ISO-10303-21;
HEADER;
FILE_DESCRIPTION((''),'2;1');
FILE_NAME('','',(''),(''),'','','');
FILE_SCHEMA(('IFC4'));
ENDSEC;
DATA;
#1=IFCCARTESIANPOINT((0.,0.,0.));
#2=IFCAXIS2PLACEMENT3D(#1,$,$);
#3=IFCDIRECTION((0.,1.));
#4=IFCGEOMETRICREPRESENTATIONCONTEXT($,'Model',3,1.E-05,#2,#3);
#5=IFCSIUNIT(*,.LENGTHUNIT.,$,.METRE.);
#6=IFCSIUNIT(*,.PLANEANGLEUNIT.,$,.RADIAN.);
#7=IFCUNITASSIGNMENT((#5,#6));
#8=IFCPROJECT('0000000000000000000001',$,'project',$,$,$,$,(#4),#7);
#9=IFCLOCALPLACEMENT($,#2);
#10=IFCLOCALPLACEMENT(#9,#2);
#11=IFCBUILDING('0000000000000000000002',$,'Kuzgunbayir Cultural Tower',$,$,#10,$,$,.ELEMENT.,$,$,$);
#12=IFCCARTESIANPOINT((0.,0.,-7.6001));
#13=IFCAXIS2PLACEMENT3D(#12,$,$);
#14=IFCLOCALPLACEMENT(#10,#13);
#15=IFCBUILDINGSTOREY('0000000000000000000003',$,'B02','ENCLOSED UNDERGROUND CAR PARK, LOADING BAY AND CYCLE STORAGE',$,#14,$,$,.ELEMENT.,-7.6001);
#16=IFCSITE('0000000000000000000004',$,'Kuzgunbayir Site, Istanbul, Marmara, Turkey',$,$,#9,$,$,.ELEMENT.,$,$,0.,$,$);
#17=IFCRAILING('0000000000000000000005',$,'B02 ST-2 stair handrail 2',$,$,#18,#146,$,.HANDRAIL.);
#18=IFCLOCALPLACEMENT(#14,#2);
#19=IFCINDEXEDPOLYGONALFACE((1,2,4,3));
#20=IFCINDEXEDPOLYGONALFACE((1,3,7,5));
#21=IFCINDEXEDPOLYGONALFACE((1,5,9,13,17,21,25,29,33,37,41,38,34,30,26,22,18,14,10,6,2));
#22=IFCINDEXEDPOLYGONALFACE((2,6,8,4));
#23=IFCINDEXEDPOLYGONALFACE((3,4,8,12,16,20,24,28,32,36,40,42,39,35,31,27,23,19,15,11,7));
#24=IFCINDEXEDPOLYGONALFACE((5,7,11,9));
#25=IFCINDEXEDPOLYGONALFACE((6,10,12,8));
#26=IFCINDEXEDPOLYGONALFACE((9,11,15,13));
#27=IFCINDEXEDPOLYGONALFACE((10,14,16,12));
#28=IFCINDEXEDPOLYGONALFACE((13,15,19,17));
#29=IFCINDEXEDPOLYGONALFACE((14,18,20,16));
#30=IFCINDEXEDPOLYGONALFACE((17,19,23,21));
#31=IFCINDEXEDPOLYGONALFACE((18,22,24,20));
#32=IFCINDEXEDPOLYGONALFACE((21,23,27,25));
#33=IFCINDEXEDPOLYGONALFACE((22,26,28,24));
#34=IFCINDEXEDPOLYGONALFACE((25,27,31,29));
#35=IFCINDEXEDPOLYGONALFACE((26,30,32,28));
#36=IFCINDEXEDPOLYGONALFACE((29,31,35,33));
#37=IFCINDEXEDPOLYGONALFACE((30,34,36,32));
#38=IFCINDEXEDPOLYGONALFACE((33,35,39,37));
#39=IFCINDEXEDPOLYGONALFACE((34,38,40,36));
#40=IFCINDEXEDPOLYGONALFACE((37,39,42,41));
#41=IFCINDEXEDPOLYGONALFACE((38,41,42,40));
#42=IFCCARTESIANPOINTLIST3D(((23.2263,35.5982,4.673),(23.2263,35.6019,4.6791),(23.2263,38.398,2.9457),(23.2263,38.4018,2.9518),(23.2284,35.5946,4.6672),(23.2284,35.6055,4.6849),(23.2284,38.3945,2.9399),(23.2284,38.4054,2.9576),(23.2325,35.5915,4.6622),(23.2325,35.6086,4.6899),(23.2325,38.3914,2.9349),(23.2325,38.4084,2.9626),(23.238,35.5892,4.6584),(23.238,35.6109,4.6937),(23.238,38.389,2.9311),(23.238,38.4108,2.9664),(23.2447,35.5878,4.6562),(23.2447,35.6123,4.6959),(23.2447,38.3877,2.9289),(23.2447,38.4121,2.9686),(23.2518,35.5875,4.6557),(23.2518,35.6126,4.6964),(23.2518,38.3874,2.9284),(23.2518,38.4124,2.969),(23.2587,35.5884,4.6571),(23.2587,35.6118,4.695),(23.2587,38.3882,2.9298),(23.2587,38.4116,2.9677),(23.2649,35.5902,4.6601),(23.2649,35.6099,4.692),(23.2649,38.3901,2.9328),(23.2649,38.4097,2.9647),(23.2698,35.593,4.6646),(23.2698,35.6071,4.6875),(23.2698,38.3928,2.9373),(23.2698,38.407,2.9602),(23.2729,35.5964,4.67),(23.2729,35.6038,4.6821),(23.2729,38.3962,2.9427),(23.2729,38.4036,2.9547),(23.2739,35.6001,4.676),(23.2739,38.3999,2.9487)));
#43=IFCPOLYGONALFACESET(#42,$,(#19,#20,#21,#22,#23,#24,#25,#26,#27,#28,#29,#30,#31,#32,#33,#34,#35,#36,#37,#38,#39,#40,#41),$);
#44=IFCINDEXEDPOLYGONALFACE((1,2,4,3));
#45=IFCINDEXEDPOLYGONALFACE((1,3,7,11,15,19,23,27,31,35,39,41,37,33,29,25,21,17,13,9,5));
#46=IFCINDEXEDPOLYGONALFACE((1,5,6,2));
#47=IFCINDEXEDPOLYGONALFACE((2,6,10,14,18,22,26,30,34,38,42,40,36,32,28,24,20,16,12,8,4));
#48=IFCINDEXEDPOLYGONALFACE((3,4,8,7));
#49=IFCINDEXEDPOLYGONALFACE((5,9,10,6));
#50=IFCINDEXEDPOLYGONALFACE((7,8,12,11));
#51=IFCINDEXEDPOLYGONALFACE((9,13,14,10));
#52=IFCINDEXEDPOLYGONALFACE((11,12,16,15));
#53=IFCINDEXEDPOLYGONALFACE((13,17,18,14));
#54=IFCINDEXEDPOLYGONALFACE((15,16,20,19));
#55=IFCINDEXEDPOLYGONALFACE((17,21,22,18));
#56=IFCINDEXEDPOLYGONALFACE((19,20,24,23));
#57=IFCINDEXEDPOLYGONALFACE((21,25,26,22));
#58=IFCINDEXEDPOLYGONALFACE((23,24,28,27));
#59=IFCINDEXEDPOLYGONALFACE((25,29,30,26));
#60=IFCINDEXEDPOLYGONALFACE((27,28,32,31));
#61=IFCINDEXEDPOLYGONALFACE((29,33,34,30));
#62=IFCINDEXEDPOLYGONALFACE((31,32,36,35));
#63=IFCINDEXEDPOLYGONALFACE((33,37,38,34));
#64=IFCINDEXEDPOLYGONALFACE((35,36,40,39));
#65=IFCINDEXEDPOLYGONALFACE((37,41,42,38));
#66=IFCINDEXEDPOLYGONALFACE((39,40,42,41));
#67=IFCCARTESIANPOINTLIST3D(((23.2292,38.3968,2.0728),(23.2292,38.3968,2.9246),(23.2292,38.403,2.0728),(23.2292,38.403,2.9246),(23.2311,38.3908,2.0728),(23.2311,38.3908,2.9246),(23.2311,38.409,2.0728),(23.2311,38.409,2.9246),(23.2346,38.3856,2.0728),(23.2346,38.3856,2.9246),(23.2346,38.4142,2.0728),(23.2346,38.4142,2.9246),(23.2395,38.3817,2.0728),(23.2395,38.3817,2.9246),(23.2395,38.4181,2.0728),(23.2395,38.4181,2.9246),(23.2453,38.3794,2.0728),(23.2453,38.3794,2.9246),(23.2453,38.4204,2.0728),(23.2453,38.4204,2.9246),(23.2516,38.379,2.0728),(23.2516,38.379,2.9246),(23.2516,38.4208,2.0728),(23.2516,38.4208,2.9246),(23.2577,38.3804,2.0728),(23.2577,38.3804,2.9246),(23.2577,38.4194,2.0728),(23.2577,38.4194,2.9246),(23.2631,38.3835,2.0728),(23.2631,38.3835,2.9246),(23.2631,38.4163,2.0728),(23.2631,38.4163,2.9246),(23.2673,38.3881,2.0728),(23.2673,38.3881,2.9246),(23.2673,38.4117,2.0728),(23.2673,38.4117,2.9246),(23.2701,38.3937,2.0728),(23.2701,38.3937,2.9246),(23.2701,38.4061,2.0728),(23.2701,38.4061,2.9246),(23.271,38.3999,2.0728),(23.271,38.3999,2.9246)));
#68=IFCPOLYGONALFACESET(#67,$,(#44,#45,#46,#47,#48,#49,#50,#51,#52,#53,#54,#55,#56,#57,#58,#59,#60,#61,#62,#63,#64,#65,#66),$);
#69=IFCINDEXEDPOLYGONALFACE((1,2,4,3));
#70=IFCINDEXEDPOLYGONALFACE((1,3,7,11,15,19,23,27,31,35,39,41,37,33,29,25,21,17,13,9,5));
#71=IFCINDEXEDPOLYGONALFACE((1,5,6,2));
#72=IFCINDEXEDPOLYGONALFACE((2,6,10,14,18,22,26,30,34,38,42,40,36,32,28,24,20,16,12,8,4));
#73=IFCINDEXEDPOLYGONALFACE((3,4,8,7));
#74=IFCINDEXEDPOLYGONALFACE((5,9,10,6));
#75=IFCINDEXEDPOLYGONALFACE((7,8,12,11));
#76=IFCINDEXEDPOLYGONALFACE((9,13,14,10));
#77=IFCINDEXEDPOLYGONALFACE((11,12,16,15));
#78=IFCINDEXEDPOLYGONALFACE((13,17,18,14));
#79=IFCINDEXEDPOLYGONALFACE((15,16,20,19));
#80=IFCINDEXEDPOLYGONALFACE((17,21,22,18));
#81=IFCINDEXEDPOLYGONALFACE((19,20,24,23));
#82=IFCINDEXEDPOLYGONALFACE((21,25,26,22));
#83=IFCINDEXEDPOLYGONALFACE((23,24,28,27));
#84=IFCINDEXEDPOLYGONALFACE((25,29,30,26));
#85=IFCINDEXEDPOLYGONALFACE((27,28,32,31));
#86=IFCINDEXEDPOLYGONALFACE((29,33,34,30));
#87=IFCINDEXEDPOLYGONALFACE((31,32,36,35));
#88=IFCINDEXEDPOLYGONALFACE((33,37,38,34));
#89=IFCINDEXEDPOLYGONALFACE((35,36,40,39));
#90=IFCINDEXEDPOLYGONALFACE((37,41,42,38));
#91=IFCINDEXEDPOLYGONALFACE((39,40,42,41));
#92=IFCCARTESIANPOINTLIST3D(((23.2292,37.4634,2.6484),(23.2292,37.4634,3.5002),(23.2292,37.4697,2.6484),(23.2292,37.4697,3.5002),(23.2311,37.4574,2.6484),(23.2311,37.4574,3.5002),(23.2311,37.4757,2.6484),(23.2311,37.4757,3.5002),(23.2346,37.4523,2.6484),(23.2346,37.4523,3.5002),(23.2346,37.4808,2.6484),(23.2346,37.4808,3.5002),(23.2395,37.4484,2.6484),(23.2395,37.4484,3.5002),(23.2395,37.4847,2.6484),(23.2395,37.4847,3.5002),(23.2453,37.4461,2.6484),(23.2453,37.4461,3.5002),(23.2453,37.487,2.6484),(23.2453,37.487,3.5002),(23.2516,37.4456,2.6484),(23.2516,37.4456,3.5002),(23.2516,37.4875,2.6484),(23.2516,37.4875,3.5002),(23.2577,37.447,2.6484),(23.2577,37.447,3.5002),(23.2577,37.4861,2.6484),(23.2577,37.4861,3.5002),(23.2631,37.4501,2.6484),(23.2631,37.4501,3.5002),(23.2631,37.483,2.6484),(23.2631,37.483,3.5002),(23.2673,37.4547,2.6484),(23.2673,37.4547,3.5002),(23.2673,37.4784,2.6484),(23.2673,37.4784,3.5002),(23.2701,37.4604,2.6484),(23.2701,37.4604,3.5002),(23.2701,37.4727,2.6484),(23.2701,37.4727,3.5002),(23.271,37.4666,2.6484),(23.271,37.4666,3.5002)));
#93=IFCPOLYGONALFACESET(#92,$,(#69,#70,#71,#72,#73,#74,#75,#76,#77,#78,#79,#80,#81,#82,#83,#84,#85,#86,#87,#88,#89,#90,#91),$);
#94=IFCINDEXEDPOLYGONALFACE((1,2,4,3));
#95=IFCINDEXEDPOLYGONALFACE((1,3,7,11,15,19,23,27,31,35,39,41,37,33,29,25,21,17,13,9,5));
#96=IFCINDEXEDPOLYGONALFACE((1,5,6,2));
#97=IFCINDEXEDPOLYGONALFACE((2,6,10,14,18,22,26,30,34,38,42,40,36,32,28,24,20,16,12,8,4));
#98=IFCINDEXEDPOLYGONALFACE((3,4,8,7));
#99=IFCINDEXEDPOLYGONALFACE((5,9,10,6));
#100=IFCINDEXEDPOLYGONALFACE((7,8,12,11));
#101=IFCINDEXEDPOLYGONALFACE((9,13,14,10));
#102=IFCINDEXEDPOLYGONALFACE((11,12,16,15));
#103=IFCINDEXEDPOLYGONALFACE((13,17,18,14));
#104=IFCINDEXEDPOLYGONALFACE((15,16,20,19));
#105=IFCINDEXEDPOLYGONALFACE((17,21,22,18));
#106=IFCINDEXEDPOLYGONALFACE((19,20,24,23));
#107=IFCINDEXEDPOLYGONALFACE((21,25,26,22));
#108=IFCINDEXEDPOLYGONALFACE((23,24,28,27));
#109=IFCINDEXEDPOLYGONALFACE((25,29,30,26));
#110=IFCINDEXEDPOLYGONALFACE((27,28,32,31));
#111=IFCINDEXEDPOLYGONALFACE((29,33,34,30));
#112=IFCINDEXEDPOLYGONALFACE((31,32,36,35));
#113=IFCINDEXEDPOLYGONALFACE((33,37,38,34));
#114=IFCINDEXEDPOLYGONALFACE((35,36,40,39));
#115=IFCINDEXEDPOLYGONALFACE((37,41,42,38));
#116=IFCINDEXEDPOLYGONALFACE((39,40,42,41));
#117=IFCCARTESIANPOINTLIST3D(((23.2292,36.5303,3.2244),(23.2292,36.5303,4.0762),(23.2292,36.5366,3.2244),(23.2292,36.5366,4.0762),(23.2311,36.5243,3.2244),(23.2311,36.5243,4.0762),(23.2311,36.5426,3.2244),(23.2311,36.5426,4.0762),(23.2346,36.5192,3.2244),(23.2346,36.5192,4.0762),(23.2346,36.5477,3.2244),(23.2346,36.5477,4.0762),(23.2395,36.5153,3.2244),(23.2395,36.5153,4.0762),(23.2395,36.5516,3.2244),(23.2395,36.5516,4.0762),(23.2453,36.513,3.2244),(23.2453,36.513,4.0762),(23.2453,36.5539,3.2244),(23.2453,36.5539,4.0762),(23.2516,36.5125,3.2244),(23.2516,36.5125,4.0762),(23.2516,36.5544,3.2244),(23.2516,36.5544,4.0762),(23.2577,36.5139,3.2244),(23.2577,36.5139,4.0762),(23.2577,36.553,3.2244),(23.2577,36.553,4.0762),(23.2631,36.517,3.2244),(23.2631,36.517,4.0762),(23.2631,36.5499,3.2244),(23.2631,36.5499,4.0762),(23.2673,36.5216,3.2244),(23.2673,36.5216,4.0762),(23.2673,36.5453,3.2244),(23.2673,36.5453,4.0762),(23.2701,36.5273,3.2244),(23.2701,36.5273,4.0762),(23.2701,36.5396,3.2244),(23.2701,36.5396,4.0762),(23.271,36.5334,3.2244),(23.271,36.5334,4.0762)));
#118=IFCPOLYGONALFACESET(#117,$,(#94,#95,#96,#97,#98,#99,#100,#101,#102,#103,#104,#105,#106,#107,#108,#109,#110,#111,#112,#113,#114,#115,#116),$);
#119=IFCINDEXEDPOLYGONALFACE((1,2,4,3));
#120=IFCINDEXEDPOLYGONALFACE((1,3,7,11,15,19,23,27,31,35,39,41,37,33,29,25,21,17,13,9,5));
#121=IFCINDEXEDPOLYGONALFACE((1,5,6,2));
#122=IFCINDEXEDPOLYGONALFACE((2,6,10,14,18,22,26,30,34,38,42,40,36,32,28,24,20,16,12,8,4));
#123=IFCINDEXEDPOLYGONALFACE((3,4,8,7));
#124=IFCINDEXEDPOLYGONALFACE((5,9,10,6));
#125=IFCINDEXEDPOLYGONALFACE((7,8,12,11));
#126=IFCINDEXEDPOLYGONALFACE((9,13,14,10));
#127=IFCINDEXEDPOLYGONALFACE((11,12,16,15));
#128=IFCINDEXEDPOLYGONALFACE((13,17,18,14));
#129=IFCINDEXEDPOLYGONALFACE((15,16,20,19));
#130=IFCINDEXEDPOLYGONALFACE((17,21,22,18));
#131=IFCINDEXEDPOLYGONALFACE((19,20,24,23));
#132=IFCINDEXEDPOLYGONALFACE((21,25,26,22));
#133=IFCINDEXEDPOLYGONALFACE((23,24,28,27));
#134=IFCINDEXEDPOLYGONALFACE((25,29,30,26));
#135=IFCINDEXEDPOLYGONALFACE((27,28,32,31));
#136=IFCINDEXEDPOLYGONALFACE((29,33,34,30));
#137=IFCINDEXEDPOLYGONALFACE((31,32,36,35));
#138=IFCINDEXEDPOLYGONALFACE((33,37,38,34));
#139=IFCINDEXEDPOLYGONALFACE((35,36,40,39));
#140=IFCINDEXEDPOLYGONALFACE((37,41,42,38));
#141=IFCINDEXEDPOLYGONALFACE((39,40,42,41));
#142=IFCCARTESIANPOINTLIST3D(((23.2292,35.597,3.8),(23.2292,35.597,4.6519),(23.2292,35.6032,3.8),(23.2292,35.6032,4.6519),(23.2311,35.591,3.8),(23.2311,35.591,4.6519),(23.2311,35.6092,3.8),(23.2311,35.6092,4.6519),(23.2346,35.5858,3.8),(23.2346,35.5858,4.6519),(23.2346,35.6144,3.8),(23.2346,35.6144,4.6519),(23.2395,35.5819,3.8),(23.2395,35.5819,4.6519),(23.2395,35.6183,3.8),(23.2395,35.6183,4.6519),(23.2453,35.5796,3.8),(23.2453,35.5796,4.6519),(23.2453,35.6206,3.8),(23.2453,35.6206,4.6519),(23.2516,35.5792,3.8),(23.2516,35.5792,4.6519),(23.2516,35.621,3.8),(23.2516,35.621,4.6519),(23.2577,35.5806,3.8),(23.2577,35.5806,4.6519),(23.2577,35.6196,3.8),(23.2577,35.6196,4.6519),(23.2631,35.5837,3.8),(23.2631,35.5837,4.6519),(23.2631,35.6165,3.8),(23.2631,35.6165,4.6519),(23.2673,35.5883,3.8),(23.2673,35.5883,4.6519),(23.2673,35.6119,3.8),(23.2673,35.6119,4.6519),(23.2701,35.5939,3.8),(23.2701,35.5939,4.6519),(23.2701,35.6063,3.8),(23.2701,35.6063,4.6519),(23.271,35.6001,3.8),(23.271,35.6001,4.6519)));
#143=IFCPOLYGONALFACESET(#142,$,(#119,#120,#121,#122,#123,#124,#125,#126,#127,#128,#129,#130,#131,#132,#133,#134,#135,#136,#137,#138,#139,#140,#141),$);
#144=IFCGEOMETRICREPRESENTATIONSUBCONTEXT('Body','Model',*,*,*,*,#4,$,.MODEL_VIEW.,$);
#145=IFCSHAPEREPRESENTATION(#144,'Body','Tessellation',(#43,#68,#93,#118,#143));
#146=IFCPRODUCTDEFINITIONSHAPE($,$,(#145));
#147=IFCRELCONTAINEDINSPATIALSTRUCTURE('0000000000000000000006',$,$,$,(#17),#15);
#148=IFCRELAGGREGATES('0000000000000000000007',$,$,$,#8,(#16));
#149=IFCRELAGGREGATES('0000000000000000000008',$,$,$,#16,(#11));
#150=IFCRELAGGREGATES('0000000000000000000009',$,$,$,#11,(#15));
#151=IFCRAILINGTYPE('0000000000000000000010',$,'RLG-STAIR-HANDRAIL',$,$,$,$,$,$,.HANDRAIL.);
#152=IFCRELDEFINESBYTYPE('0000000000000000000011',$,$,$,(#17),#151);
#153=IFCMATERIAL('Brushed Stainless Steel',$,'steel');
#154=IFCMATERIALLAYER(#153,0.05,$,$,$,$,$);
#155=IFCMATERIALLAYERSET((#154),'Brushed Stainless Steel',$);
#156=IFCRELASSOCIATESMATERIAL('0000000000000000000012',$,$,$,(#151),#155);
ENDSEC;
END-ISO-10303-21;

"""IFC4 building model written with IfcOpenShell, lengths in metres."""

from ifc_helpers import new_model, si_unit, direction, frame, origin, origin_2d, place, context, subcontext, project, spatial, circle, extrude, material, layer, layer_set, type_object, element, save


model = new_model("IFC4")

# Units and contexts
model_context = context("Model", 3, precision=1e-05, world=origin(), true_north=direction((0.0, 1.0)))
body_context = subcontext(model_context, "Body", "Model", "MODEL_VIEW")
ifc_project = project(units=[si_unit("LENGTHUNIT", "METRE"), si_unit("PLANEANGLEUNIT", "RADIAN")], contexts=[model_context])

# Site, building, storey
site_placement = place(None, origin())
site = spatial("IfcSite", under=ifc_project, at=site_placement, Name="Kuzgunbayir Site, Istanbul, Marmara, Turkey", CompositionType="ELEMENT", RefElevation=0.0)
building_placement = place(site_placement, origin())
building = spatial("IfcBuilding", under=site, at=building_placement, Name="Kuzgunbayir Cultural Tower", CompositionType="ELEMENT")
storey_placement = place(building_placement, frame((0.0, 0.0, -7.6001)))
storey = spatial("IfcBuildingStorey", under=building, at=storey_placement, Name="B02", Description="ENCLOSED UNDERGROUND CAR PARK, LOADING BAY AND CYCLE STORAGE", CompositionType="ELEMENT", Elevation=-7.6001)

# Shared definitions
ifc_material_1 = material(Name="Brushed Stainless Steel", Category="steel")

# Railing
ifc_layer_1 = layer(ifc_material_1, 0.05)
ifc_layer_set_1 = layer_set([ifc_layer_1], Name="Brushed Stainless Steel")
railing_type_1 = type_object("IfcRailingType", Name="RLG-STAIR-HANDRAIL", PredefinedType="HANDRAIL", material=ifc_layer_set_1)
railing_1_placement = place(storey_placement, frame((23.25, 38.3999, 2.0728)))
element("IfcRailing", 1, at=railing_1_placement, inside=storey, type_object=railing_type_1, Name="B02 ST-2 stair handrail 2", PredefinedType="HANDRAIL", context=body_context, shape_type="SweptSolid", body=[
    extrude(circle(Radius=0.0239, at=origin_2d()), frame((0.0, 0.0, 0.876), z_axis=(0.0, -0.851069, 0.525054), x_axis=(1.0, 0.0, 0.0)), (0.0, 0.0, 1.0), 3.2898),
    extrude(circle(Radius=0.021, at=origin_2d()), origin(), (0.0, 0.0, 1.0), 0.8518),
    extrude(circle(Radius=0.021, at=origin_2d()), frame((0.0, -0.9333, 0.5757)), (0.0, 0.0, 1.0), 0.8518),
    extrude(circle(Radius=0.021, at=origin_2d()), frame((0.0, -1.8665, 1.1516)), (0.0, 0.0, 1.0), 0.8518),
    extrude(circle(Radius=0.021, at=origin_2d()), frame((0.0, -2.7998, 1.7273)), (0.0, 0.0, 1.0), 0.8518),
])

save(model, "model.ifc")
